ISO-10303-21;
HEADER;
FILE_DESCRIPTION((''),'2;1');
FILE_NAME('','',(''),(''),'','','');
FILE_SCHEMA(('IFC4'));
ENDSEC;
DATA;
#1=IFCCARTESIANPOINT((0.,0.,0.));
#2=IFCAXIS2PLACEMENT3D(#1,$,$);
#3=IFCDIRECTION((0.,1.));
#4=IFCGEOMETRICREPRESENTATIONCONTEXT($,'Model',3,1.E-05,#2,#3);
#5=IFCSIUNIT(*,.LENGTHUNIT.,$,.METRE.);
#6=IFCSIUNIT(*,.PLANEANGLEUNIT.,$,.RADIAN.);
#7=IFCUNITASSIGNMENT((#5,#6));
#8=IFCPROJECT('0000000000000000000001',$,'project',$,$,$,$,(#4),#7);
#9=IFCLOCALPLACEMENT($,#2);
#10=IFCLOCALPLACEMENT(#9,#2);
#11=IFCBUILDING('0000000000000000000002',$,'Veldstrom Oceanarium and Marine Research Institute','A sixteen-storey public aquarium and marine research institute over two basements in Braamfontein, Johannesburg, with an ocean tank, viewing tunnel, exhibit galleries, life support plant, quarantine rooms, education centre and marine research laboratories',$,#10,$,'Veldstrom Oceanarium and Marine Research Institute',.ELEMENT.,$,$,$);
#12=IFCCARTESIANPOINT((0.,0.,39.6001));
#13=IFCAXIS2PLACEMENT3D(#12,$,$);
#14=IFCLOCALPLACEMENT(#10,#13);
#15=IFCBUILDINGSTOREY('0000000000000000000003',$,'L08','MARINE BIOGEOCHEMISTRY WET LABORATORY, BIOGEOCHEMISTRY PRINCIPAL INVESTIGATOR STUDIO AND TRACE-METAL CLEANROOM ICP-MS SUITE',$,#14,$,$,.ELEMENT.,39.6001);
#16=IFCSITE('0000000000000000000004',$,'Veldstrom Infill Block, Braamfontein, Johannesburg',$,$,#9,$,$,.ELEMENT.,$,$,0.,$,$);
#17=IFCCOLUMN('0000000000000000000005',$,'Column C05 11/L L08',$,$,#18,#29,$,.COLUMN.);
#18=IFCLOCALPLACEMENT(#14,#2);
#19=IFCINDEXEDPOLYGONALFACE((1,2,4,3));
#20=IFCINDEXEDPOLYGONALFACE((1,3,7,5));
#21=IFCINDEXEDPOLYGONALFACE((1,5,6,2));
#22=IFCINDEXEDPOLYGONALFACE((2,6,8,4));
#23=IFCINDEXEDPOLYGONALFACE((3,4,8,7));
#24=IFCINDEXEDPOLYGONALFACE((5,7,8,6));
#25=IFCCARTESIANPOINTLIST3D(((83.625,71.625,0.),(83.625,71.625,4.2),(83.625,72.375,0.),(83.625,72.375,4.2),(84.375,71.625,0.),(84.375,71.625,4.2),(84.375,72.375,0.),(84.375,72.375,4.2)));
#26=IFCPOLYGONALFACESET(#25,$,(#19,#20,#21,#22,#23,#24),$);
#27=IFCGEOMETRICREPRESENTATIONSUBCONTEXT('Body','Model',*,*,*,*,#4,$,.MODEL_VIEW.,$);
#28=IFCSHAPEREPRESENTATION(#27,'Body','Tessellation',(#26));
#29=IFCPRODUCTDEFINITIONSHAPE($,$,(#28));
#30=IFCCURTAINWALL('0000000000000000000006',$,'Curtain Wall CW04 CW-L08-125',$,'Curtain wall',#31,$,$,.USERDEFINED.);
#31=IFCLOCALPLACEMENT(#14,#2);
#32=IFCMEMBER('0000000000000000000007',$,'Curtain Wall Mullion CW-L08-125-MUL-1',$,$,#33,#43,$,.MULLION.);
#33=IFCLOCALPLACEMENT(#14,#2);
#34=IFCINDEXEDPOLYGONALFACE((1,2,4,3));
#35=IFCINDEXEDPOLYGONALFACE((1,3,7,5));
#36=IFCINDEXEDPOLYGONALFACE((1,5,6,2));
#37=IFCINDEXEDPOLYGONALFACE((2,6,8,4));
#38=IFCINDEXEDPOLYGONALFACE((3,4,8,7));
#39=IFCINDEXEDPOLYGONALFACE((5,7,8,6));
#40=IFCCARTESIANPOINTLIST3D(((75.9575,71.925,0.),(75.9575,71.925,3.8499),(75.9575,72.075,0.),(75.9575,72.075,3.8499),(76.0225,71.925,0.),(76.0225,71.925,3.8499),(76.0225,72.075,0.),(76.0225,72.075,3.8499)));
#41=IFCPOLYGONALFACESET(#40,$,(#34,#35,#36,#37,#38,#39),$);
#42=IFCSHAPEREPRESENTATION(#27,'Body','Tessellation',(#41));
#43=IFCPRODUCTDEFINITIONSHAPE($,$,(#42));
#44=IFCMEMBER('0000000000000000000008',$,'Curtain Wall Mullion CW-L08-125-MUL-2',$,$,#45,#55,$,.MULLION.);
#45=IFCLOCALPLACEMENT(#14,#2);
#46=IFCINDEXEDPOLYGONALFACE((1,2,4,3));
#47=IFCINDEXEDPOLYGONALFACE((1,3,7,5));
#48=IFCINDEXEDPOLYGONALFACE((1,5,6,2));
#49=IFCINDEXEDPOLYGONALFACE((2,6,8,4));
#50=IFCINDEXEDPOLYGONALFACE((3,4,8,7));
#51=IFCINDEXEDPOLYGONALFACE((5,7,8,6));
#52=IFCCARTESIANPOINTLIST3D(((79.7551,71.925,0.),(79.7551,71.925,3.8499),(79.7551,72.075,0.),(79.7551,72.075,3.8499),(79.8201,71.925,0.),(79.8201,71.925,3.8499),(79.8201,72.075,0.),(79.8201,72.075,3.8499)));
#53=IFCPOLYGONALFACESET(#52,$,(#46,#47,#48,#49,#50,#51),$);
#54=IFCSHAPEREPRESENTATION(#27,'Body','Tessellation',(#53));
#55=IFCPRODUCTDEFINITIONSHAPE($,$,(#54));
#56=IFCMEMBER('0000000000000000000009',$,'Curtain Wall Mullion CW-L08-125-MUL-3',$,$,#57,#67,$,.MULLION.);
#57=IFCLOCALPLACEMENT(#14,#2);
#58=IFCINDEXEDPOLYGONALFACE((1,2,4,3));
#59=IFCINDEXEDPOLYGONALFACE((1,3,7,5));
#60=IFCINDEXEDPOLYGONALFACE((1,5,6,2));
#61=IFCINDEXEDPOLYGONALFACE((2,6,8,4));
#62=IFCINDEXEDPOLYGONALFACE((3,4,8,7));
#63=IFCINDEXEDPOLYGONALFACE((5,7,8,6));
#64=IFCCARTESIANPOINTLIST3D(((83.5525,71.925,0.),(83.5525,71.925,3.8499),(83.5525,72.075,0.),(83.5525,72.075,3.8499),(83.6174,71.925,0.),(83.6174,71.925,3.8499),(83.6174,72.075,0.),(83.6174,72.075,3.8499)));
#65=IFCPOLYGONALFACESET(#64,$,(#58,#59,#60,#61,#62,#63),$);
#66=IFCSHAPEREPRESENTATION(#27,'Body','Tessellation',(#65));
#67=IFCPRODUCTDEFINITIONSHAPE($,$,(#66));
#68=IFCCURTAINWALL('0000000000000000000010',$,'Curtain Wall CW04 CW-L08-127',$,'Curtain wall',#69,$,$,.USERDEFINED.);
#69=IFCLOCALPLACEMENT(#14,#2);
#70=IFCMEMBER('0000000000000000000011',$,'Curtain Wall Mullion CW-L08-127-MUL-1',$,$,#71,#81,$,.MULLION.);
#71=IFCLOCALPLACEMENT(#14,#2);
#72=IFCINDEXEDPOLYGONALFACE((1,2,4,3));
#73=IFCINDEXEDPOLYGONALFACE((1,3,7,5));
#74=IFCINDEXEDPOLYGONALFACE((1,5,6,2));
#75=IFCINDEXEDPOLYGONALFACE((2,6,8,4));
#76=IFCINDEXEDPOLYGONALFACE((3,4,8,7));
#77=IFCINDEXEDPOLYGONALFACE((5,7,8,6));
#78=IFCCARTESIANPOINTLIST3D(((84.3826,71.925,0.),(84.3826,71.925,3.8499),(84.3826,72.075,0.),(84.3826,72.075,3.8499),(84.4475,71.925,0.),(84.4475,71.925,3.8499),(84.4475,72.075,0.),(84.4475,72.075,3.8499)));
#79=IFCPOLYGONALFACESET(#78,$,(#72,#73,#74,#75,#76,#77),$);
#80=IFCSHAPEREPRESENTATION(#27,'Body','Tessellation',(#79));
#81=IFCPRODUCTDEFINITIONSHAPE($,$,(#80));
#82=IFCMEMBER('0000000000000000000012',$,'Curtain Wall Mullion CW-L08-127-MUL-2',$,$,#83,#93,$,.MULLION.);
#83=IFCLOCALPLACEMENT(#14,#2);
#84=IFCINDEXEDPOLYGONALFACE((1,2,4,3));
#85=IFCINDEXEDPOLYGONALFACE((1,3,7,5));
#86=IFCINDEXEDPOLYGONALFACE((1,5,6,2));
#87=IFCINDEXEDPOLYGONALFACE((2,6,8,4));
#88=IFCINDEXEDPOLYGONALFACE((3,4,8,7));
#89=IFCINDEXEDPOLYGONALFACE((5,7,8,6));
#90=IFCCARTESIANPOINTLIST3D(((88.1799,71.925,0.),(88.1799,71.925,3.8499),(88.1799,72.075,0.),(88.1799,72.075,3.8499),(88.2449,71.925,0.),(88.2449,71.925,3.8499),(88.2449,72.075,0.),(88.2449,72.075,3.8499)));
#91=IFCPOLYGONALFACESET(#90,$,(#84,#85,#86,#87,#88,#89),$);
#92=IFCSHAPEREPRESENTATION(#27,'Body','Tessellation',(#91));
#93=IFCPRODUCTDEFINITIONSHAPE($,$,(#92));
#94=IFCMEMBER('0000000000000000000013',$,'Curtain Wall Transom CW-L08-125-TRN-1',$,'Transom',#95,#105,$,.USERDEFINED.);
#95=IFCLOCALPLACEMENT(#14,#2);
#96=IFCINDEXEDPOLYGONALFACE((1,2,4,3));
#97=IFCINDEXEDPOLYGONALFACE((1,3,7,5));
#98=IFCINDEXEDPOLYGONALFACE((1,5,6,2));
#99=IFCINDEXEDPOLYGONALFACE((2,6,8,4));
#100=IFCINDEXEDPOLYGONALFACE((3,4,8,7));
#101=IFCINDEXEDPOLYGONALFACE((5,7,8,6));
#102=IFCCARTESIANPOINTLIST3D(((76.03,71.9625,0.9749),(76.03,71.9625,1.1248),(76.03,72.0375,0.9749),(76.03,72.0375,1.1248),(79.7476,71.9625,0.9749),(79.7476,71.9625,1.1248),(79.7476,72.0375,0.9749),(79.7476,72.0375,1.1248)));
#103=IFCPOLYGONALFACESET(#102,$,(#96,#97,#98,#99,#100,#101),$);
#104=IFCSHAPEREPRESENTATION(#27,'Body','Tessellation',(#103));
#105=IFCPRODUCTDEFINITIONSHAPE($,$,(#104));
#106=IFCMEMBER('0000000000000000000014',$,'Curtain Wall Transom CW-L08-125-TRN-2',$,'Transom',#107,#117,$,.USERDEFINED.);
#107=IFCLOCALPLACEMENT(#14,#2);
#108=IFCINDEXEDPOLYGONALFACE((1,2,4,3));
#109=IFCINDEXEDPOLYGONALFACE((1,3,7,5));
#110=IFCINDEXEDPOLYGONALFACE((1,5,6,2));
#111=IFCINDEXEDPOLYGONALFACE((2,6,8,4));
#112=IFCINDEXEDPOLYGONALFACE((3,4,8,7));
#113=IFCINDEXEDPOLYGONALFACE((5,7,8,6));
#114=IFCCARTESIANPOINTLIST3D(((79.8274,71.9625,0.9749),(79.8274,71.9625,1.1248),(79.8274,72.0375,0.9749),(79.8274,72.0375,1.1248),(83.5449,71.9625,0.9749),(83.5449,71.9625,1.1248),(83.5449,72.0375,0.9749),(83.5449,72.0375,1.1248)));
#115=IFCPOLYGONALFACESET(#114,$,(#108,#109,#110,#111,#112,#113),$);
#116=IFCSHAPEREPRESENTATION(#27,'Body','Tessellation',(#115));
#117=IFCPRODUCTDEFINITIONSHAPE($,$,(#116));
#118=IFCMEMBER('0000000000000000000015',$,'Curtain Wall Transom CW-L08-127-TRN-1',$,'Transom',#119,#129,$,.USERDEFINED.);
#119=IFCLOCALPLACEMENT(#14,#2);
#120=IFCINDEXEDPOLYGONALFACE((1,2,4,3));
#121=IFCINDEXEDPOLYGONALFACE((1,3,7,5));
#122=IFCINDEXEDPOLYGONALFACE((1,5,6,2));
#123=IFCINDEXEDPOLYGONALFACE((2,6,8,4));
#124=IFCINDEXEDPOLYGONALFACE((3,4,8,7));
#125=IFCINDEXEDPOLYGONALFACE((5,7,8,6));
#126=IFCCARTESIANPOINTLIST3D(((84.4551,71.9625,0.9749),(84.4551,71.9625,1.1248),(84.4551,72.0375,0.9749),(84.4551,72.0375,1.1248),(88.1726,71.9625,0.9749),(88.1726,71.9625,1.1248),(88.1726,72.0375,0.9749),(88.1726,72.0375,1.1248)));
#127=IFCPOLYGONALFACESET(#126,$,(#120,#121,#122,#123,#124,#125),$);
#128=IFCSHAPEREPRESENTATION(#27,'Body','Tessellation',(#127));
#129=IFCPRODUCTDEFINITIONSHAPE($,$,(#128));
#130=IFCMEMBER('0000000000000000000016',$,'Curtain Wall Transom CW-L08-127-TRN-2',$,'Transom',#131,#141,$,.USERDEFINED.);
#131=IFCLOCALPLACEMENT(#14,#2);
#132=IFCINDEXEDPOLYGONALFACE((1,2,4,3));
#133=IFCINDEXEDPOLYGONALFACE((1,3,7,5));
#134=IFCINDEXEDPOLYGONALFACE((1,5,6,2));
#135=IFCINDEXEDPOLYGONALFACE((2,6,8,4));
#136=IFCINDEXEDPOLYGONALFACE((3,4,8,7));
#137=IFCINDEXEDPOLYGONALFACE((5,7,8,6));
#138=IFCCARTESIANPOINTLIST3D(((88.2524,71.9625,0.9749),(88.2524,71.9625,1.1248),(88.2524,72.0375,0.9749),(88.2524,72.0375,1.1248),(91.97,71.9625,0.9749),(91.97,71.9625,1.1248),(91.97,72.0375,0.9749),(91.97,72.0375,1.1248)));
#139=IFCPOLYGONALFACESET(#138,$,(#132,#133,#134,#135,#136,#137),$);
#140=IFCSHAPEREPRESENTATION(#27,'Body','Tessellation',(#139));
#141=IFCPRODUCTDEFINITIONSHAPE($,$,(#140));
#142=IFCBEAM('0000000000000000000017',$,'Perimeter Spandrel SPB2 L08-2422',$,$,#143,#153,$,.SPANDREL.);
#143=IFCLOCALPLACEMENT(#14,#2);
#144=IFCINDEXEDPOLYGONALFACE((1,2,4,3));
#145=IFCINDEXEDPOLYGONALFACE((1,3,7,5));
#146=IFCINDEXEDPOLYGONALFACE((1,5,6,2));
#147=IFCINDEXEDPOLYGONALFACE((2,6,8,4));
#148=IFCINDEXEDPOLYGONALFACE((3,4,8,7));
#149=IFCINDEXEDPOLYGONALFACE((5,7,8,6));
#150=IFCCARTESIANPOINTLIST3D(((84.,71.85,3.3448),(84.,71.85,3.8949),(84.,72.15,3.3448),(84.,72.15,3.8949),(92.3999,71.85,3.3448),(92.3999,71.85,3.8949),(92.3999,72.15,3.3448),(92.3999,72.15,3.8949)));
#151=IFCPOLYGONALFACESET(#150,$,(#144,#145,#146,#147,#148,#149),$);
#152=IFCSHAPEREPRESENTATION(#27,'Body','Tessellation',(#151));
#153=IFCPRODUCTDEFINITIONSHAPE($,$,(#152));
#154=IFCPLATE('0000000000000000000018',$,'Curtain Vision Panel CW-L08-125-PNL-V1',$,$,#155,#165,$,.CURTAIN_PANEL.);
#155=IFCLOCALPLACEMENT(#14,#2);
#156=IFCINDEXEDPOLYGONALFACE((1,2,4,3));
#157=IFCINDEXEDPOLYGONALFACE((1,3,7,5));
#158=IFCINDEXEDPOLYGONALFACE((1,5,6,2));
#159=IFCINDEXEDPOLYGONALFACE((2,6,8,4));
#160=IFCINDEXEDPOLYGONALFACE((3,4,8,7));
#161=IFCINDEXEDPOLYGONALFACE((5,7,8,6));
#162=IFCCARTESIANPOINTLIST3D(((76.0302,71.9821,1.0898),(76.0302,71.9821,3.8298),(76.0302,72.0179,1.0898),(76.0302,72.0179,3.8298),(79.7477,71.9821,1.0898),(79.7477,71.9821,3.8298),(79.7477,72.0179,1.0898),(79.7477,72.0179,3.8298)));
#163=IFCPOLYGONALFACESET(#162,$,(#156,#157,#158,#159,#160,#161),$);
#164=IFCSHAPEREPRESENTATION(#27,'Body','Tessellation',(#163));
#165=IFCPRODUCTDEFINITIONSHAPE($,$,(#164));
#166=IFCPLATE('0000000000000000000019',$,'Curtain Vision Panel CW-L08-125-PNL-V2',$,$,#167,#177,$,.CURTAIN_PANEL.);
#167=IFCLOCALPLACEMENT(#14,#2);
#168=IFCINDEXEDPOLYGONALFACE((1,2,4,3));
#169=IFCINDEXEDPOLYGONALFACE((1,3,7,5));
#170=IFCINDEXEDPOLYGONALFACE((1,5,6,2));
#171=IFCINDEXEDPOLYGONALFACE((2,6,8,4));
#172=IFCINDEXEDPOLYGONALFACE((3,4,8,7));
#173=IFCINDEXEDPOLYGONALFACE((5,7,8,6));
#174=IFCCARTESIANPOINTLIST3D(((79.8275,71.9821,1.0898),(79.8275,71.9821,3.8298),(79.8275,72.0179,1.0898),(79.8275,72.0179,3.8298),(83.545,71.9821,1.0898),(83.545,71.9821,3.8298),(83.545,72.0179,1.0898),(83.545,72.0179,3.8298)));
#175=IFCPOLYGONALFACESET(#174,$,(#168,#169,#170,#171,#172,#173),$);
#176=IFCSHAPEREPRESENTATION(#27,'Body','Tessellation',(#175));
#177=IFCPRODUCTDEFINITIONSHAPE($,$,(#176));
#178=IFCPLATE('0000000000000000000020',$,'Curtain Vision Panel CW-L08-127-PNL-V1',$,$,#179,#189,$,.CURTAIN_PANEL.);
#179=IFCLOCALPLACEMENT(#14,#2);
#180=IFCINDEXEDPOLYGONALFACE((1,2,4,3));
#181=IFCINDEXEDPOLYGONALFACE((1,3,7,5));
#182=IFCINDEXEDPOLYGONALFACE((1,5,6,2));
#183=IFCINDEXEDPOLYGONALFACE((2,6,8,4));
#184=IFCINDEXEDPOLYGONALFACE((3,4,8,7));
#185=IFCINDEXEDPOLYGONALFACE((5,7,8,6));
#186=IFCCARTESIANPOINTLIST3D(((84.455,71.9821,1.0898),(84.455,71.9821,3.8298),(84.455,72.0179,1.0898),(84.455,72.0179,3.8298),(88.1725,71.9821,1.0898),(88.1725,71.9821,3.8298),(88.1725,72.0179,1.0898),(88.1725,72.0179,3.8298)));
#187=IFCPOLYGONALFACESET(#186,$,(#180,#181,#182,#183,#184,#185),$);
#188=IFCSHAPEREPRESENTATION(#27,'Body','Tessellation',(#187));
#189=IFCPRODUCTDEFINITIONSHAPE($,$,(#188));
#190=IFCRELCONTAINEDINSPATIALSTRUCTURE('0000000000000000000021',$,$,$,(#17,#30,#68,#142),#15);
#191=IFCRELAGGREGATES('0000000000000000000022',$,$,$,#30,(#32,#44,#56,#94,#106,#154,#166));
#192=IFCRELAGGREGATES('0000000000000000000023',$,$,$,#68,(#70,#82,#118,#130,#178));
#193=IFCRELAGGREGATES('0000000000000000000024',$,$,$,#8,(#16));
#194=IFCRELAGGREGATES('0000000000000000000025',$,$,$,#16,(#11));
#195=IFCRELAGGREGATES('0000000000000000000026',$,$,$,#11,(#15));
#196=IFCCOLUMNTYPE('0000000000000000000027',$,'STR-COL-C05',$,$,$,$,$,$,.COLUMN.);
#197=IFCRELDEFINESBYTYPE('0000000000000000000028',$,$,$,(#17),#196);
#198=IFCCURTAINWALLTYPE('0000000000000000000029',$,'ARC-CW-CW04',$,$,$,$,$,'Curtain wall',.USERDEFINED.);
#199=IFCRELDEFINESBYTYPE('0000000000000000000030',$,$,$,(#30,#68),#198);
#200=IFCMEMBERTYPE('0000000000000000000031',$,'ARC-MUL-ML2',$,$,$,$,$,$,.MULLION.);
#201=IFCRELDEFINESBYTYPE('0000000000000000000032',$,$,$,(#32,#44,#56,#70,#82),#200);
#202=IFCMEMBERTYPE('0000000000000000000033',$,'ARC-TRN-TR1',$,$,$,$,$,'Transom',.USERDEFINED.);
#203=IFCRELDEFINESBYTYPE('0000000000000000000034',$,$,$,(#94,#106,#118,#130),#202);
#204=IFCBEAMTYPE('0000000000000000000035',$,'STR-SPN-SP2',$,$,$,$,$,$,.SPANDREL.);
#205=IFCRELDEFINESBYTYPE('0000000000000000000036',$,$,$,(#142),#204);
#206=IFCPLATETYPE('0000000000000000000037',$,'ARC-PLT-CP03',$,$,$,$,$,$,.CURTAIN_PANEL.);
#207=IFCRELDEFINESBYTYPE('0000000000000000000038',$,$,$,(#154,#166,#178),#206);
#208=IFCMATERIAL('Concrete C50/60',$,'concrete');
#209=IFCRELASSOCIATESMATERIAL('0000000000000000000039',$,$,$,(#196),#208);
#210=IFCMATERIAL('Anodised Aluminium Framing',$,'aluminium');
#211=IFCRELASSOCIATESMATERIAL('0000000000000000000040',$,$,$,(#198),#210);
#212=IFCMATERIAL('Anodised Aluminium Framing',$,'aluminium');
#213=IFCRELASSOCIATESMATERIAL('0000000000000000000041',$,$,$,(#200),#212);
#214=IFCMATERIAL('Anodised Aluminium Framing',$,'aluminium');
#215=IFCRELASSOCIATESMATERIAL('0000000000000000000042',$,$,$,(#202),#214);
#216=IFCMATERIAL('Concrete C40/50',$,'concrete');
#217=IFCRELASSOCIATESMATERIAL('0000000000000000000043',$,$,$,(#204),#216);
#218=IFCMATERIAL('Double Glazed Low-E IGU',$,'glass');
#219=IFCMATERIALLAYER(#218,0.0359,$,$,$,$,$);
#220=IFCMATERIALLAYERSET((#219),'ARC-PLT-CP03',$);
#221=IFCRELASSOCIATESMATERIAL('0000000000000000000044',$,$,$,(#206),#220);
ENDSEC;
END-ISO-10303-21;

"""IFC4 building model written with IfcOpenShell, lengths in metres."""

from ifc_helpers import new_model, si_unit, direction, frame, origin, origin_2d, place, context, subcontext, project, spatial, rectangle, extrude, material, layer, layer_set, material_profile, profile_set, type_object, element, aggregate, save


model = new_model("IFC4")

# Units and contexts
model_context = context("Model", 3, precision=1e-05, world=origin(), true_north=direction((0.0, 1.0)))
body_context = subcontext(model_context, "Body", "Model", "MODEL_VIEW")
ifc_project = project(units=[si_unit("LENGTHUNIT", "METRE"), si_unit("PLANEANGLEUNIT", "RADIAN")], contexts=[model_context])

# Site, building, storey
site_placement = place(None, origin())
site = spatial("IfcSite", under=ifc_project, at=site_placement, Name="Veldstrom Infill Block, Braamfontein, Johannesburg", CompositionType="ELEMENT", RefElevation=0.0)
building_placement = place(site_placement, origin())
building = spatial("IfcBuilding", under=site, at=building_placement, Name="Veldstrom Oceanarium and Marine Research Institute", Description="A sixteen-storey public aquarium and marine research institute over two basements in Braamfontein, Johannesburg, with an ocean tank, viewing tunnel, exhibit galleries, life support plant, quarantine rooms, education centre and marine research laboratories", LongName="Veldstrom Oceanarium and Marine Research Institute", CompositionType="ELEMENT")
storey_placement = place(building_placement, frame((0.0, 0.0, 39.6001)))
storey = spatial("IfcBuildingStorey", under=building, at=storey_placement, Name="L08", Description="MARINE BIOGEOCHEMISTRY WET LABORATORY, BIOGEOCHEMISTRY PRINCIPAL INVESTIGATOR STUDIO AND TRACE-METAL CLEANROOM ICP-MS SUITE", CompositionType="ELEMENT", Elevation=39.6001)

# Column
ifc_material_1 = material(Name="Concrete C50/60", Category="concrete")
ifc_material_profile_1 = material_profile(ifc_material_1, rectangle(XDim=0.75, YDim=0.75, at=origin_2d()), Name="RC-COL-750x750")
ifc_profile_set_1 = profile_set([ifc_material_profile_1], Name="Concrete C50/60")
column_type = type_object("IfcColumnType", Name="STR-COL-C05", PredefinedType="COLUMN", material=ifc_profile_set_1)
column_placement = place(storey_placement, frame((84.0, 72.0, 0.0), z_axis=(0.0, 0.0, 1.0), x_axis=(1.0, 0.0, 0.0)))
element("IfcColumn", 1, at=column_placement, inside=storey, type_object=column_type, Name="Column C05 11/L L08", PredefinedType="COLUMN", context=body_context, shape_type="SweptSolid", body=[
    extrude(rectangle(XDim=0.75, YDim=0.75, at=origin_2d()), origin(), (0.0, 0.0, 1.0), 4.2),
])

# Curtain walls, members
ifc_material_2 = material(Name="Anodised Aluminium Framing", Category="aluminium")
curtain_wall_type = type_object("IfcCurtainWallType", Name="ARC-CW-CW04", ElementType="Curtain wall", PredefinedType="USERDEFINED", material=ifc_material_2)
curtain_wall_1_placement = place(storey_placement, origin())
curtain_wall_1 = element("IfcCurtainWall", 2, at=curtain_wall_1_placement, inside=storey, type_object=curtain_wall_type, Name="Curtain Wall CW04 CW-L08-125", ObjectType="Curtain wall", PredefinedType="USERDEFINED")
ifc_material_3 = material(Name="Anodised Aluminium Framing", Category="aluminium")
ifc_material_profile_2 = material_profile(ifc_material_3, rectangle(XDim=0.0649, YDim=0.1499, at=origin_2d()), Name="ALU-MUL-65x150")
ifc_profile_set_2 = profile_set([ifc_material_profile_2], Name="Anodised Aluminium Framing")
member_type_1 = type_object("IfcMemberType", Name="ARC-MUL-ML2", PredefinedType="MULLION", material=ifc_profile_set_2)
member_1_placement = place(storey_placement, frame((75.99, 72.0, 0.0), z_axis=(0.0, 0.0, 1.0), x_axis=(1.0, 0.0, 0.0)))
member_1 = element("IfcMember", 3, at=member_1_placement, type_object=member_type_1, Name="Curtain Wall Mullion CW-L08-125-MUL-1", PredefinedType="MULLION", context=body_context, shape_type="SweptSolid", body=[
    extrude(rectangle(XDim=0.0649, YDim=0.1499, at=origin_2d()), origin(), (0.0, 0.0, 1.0), 3.8499),
])
member_2_placement = place(storey_placement, frame((79.7876, 72.0, 0.0), z_axis=(0.0, 0.0, 1.0), x_axis=(1.0, 0.0, 0.0)))
member_2 = element("IfcMember", 4, at=member_2_placement, type_object=member_type_1, Name="Curtain Wall Mullion CW-L08-125-MUL-2", PredefinedType="MULLION", context=body_context, shape_type="SweptSolid", body=[
    extrude(rectangle(XDim=0.0649, YDim=0.1499, at=origin_2d()), origin(), (0.0, 0.0, 1.0), 3.8499),
])
member_3_placement = place(storey_placement, frame((83.585, 72.0, 0.0), z_axis=(0.0, 0.0, 1.0), x_axis=(1.0, 0.0, 0.0)))
member_3 = element("IfcMember", 5, at=member_3_placement, type_object=member_type_1, Name="Curtain Wall Mullion CW-L08-125-MUL-3", PredefinedType="MULLION", context=body_context, shape_type="SweptSolid", body=[
    extrude(rectangle(XDim=0.0649, YDim=0.1499, at=origin_2d()), origin(), (0.0, 0.0, 1.0), 3.8499),
])
curtain_wall_2_placement = place(storey_placement, origin())
curtain_wall_2 = element("IfcCurtainWall", 6, at=curtain_wall_2_placement, inside=storey, type_object=curtain_wall_type, Name="Curtain Wall CW04 CW-L08-127", ObjectType="Curtain wall", PredefinedType="USERDEFINED")
member_4_placement = place(storey_placement, frame((84.415, 72.0, 0.0), z_axis=(0.0, 0.0, 1.0), x_axis=(1.0, 0.0, 0.0)))
member_4 = element("IfcMember", 7, at=member_4_placement, type_object=member_type_1, Name="Curtain Wall Mullion CW-L08-127-MUL-1", PredefinedType="MULLION", context=body_context, shape_type="SweptSolid", body=[
    extrude(rectangle(XDim=0.0649, YDim=0.1499, at=origin_2d()), origin(), (0.0, 0.0, 1.0), 3.8499),
])
member_5_placement = place(storey_placement, frame((88.2124, 72.0, 0.0), z_axis=(0.0, 0.0, 1.0), x_axis=(1.0, 0.0, 0.0)))
member_5 = element("IfcMember", 8, at=member_5_placement, type_object=member_type_1, Name="Curtain Wall Mullion CW-L08-127-MUL-2", PredefinedType="MULLION", context=body_context, shape_type="SweptSolid", body=[
    extrude(rectangle(XDim=0.0649, YDim=0.1499, at=origin_2d()), origin(), (0.0, 0.0, 1.0), 3.8499),
])

# Members
ifc_material_4 = material(Name="Anodised Aluminium Framing", Category="aluminium")
ifc_material_profile_3 = material_profile(ifc_material_4, rectangle(XDim=0.075, YDim=0.1499, at=origin_2d()), Name="ALU-TRN-75x150")
ifc_profile_set_3 = profile_set([ifc_material_profile_3], Name="Anodised Aluminium Framing")
member_type_2 = type_object("IfcMemberType", Name="ARC-TRN-TR1", ElementType="Transom", PredefinedType="USERDEFINED", material=ifc_profile_set_3)
member_6_placement = place(storey_placement, frame((76.03, 72.0, 1.0498), z_axis=(1.0, 0.0, 0.0), x_axis=(0.0, 1.0, 0.0)))
member_6 = element("IfcMember", 9, at=member_6_placement, type_object=member_type_2, Name="Curtain Wall Transom CW-L08-125-TRN-1", ObjectType="Transom", PredefinedType="USERDEFINED", context=body_context, shape_type="SweptSolid", body=[
    extrude(rectangle(XDim=0.075, YDim=0.1499, at=origin_2d()), origin(), (0.0, 0.0, 1.0), 3.7175),
])
member_7_placement = place(storey_placement, frame((79.8274, 72.0, 1.0498), z_axis=(1.0, 0.0, 0.0), x_axis=(0.0, 1.0, 0.0)))
member_7 = element("IfcMember", 10, at=member_7_placement, type_object=member_type_2, Name="Curtain Wall Transom CW-L08-125-TRN-2", ObjectType="Transom", PredefinedType="USERDEFINED", context=body_context, shape_type="SweptSolid", body=[
    extrude(rectangle(XDim=0.075, YDim=0.1499, at=origin_2d()), origin(), (0.0, 0.0, 1.0), 3.7175),
])
member_8_placement = place(storey_placement, frame((84.4551, 72.0, 1.0498), z_axis=(1.0, 0.0, 0.0), x_axis=(0.0, 1.0, 0.0)))
member_8 = element("IfcMember", 11, at=member_8_placement, type_object=member_type_2, Name="Curtain Wall Transom CW-L08-127-TRN-1", ObjectType="Transom", PredefinedType="USERDEFINED", context=body_context, shape_type="SweptSolid", body=[
    extrude(rectangle(XDim=0.075, YDim=0.1499, at=origin_2d()), origin(), (0.0, 0.0, 1.0), 3.7175),
])
member_9_placement = place(storey_placement, frame((88.2524, 72.0, 1.0498), z_axis=(1.0, 0.0, 0.0), x_axis=(0.0, 1.0, 0.0)))
member_9 = element("IfcMember", 12, at=member_9_placement, type_object=member_type_2, Name="Curtain Wall Transom CW-L08-127-TRN-2", ObjectType="Transom", PredefinedType="USERDEFINED", context=body_context, shape_type="SweptSolid", body=[
    extrude(rectangle(XDim=0.075, YDim=0.1499, at=origin_2d()), origin(), (0.0, 0.0, 1.0), 3.7175),
])

# Beam
ifc_material_5 = material(Name="Concrete C40/50", Category="concrete")
ifc_material_profile_4 = material_profile(ifc_material_5, rectangle(XDim=0.3, YDim=0.55, at=origin_2d()), Name="RC-SPN-300x550")
ifc_profile_set_4 = profile_set([ifc_material_profile_4], Name="Concrete C40/50")
beam_type = type_object("IfcBeamType", Name="STR-SPN-SP2", PredefinedType="SPANDREL", material=ifc_profile_set_4)
beam_placement = place(storey_placement, frame((84.0, 72.0, 3.6199), z_axis=(1.0, 0.0, 0.0), x_axis=(0.0, 1.0, 0.0)))
element("IfcBeam", 13, at=beam_placement, inside=storey, type_object=beam_type, Name="Perimeter Spandrel SPB2 L08-2422", PredefinedType="SPANDREL", context=body_context, shape_type="SweptSolid", body=[
    extrude(rectangle(XDim=0.3, YDim=0.55, at=origin_2d()), origin(), (0.0, 0.0, 1.0), 8.3999),
])

# Plates
ifc_material_6 = material(Name="Double Glazed Low-E IGU", Category="glass")
ifc_layer_1 = layer(ifc_material_6, 0.0359)
ifc_layer_set_1 = layer_set([ifc_layer_1], Name="ARC-PLT-CP03")
plate_type_1 = type_object("IfcPlateType", Name="ARC-PLT-CP03", PredefinedType="CURTAIN_PANEL", material=ifc_layer_set_1)
plate_1_placement = place(storey_placement, frame((77.8889, 72.0, 1.0898), z_axis=(0.0, 0.0, 1.0), x_axis=(1.0, 0.0, 0.0)))
plate_1 = element("IfcPlate", 14, at=plate_1_placement, type_object=plate_type_1, Name="Curtain Vision Panel CW-L08-125-PNL-V1", PredefinedType="CURTAIN_PANEL", context=body_context, shape_type="SweptSolid", body=[
    extrude(rectangle(XDim=3.7175, YDim=0.0359, at=origin_2d()), origin(), (0.0, 0.0, 1.0), 2.74),
])
plate_2_placement = place(storey_placement, frame((81.6863, 72.0, 1.0898), z_axis=(0.0, 0.0, 1.0), x_axis=(1.0, 0.0, 0.0)))
plate_2 = element("IfcPlate", 15, at=plate_2_placement, type_object=plate_type_1, Name="Curtain Vision Panel CW-L08-125-PNL-V2", PredefinedType="CURTAIN_PANEL", context=body_context, shape_type="SweptSolid", body=[
    extrude(rectangle(XDim=3.7175, YDim=0.0359, at=origin_2d()), origin(), (0.0, 0.0, 1.0), 2.74),
])
plate_3_placement = place(storey_placement, frame((86.3137, 72.0, 1.0898), z_axis=(0.0, 0.0, 1.0), x_axis=(1.0, 0.0, 0.0)))
plate_3 = element("IfcPlate", 16, at=plate_3_placement, type_object=plate_type_1, Name="Curtain Vision Panel CW-L08-127-PNL-V1", PredefinedType="CURTAIN_PANEL", context=body_context, shape_type="SweptSolid", body=[
    extrude(rectangle(XDim=3.7175, YDim=0.0359, at=origin_2d()), origin(), (0.0, 0.0, 1.0), 2.74),
])
aggregate(curtain_wall_1, [member_1, member_2, member_3, member_6, member_7, plate_1, plate_2])
aggregate(curtain_wall_2, [member_4, member_5, member_8, member_9, plate_3])

save(model, "model.ifc")
